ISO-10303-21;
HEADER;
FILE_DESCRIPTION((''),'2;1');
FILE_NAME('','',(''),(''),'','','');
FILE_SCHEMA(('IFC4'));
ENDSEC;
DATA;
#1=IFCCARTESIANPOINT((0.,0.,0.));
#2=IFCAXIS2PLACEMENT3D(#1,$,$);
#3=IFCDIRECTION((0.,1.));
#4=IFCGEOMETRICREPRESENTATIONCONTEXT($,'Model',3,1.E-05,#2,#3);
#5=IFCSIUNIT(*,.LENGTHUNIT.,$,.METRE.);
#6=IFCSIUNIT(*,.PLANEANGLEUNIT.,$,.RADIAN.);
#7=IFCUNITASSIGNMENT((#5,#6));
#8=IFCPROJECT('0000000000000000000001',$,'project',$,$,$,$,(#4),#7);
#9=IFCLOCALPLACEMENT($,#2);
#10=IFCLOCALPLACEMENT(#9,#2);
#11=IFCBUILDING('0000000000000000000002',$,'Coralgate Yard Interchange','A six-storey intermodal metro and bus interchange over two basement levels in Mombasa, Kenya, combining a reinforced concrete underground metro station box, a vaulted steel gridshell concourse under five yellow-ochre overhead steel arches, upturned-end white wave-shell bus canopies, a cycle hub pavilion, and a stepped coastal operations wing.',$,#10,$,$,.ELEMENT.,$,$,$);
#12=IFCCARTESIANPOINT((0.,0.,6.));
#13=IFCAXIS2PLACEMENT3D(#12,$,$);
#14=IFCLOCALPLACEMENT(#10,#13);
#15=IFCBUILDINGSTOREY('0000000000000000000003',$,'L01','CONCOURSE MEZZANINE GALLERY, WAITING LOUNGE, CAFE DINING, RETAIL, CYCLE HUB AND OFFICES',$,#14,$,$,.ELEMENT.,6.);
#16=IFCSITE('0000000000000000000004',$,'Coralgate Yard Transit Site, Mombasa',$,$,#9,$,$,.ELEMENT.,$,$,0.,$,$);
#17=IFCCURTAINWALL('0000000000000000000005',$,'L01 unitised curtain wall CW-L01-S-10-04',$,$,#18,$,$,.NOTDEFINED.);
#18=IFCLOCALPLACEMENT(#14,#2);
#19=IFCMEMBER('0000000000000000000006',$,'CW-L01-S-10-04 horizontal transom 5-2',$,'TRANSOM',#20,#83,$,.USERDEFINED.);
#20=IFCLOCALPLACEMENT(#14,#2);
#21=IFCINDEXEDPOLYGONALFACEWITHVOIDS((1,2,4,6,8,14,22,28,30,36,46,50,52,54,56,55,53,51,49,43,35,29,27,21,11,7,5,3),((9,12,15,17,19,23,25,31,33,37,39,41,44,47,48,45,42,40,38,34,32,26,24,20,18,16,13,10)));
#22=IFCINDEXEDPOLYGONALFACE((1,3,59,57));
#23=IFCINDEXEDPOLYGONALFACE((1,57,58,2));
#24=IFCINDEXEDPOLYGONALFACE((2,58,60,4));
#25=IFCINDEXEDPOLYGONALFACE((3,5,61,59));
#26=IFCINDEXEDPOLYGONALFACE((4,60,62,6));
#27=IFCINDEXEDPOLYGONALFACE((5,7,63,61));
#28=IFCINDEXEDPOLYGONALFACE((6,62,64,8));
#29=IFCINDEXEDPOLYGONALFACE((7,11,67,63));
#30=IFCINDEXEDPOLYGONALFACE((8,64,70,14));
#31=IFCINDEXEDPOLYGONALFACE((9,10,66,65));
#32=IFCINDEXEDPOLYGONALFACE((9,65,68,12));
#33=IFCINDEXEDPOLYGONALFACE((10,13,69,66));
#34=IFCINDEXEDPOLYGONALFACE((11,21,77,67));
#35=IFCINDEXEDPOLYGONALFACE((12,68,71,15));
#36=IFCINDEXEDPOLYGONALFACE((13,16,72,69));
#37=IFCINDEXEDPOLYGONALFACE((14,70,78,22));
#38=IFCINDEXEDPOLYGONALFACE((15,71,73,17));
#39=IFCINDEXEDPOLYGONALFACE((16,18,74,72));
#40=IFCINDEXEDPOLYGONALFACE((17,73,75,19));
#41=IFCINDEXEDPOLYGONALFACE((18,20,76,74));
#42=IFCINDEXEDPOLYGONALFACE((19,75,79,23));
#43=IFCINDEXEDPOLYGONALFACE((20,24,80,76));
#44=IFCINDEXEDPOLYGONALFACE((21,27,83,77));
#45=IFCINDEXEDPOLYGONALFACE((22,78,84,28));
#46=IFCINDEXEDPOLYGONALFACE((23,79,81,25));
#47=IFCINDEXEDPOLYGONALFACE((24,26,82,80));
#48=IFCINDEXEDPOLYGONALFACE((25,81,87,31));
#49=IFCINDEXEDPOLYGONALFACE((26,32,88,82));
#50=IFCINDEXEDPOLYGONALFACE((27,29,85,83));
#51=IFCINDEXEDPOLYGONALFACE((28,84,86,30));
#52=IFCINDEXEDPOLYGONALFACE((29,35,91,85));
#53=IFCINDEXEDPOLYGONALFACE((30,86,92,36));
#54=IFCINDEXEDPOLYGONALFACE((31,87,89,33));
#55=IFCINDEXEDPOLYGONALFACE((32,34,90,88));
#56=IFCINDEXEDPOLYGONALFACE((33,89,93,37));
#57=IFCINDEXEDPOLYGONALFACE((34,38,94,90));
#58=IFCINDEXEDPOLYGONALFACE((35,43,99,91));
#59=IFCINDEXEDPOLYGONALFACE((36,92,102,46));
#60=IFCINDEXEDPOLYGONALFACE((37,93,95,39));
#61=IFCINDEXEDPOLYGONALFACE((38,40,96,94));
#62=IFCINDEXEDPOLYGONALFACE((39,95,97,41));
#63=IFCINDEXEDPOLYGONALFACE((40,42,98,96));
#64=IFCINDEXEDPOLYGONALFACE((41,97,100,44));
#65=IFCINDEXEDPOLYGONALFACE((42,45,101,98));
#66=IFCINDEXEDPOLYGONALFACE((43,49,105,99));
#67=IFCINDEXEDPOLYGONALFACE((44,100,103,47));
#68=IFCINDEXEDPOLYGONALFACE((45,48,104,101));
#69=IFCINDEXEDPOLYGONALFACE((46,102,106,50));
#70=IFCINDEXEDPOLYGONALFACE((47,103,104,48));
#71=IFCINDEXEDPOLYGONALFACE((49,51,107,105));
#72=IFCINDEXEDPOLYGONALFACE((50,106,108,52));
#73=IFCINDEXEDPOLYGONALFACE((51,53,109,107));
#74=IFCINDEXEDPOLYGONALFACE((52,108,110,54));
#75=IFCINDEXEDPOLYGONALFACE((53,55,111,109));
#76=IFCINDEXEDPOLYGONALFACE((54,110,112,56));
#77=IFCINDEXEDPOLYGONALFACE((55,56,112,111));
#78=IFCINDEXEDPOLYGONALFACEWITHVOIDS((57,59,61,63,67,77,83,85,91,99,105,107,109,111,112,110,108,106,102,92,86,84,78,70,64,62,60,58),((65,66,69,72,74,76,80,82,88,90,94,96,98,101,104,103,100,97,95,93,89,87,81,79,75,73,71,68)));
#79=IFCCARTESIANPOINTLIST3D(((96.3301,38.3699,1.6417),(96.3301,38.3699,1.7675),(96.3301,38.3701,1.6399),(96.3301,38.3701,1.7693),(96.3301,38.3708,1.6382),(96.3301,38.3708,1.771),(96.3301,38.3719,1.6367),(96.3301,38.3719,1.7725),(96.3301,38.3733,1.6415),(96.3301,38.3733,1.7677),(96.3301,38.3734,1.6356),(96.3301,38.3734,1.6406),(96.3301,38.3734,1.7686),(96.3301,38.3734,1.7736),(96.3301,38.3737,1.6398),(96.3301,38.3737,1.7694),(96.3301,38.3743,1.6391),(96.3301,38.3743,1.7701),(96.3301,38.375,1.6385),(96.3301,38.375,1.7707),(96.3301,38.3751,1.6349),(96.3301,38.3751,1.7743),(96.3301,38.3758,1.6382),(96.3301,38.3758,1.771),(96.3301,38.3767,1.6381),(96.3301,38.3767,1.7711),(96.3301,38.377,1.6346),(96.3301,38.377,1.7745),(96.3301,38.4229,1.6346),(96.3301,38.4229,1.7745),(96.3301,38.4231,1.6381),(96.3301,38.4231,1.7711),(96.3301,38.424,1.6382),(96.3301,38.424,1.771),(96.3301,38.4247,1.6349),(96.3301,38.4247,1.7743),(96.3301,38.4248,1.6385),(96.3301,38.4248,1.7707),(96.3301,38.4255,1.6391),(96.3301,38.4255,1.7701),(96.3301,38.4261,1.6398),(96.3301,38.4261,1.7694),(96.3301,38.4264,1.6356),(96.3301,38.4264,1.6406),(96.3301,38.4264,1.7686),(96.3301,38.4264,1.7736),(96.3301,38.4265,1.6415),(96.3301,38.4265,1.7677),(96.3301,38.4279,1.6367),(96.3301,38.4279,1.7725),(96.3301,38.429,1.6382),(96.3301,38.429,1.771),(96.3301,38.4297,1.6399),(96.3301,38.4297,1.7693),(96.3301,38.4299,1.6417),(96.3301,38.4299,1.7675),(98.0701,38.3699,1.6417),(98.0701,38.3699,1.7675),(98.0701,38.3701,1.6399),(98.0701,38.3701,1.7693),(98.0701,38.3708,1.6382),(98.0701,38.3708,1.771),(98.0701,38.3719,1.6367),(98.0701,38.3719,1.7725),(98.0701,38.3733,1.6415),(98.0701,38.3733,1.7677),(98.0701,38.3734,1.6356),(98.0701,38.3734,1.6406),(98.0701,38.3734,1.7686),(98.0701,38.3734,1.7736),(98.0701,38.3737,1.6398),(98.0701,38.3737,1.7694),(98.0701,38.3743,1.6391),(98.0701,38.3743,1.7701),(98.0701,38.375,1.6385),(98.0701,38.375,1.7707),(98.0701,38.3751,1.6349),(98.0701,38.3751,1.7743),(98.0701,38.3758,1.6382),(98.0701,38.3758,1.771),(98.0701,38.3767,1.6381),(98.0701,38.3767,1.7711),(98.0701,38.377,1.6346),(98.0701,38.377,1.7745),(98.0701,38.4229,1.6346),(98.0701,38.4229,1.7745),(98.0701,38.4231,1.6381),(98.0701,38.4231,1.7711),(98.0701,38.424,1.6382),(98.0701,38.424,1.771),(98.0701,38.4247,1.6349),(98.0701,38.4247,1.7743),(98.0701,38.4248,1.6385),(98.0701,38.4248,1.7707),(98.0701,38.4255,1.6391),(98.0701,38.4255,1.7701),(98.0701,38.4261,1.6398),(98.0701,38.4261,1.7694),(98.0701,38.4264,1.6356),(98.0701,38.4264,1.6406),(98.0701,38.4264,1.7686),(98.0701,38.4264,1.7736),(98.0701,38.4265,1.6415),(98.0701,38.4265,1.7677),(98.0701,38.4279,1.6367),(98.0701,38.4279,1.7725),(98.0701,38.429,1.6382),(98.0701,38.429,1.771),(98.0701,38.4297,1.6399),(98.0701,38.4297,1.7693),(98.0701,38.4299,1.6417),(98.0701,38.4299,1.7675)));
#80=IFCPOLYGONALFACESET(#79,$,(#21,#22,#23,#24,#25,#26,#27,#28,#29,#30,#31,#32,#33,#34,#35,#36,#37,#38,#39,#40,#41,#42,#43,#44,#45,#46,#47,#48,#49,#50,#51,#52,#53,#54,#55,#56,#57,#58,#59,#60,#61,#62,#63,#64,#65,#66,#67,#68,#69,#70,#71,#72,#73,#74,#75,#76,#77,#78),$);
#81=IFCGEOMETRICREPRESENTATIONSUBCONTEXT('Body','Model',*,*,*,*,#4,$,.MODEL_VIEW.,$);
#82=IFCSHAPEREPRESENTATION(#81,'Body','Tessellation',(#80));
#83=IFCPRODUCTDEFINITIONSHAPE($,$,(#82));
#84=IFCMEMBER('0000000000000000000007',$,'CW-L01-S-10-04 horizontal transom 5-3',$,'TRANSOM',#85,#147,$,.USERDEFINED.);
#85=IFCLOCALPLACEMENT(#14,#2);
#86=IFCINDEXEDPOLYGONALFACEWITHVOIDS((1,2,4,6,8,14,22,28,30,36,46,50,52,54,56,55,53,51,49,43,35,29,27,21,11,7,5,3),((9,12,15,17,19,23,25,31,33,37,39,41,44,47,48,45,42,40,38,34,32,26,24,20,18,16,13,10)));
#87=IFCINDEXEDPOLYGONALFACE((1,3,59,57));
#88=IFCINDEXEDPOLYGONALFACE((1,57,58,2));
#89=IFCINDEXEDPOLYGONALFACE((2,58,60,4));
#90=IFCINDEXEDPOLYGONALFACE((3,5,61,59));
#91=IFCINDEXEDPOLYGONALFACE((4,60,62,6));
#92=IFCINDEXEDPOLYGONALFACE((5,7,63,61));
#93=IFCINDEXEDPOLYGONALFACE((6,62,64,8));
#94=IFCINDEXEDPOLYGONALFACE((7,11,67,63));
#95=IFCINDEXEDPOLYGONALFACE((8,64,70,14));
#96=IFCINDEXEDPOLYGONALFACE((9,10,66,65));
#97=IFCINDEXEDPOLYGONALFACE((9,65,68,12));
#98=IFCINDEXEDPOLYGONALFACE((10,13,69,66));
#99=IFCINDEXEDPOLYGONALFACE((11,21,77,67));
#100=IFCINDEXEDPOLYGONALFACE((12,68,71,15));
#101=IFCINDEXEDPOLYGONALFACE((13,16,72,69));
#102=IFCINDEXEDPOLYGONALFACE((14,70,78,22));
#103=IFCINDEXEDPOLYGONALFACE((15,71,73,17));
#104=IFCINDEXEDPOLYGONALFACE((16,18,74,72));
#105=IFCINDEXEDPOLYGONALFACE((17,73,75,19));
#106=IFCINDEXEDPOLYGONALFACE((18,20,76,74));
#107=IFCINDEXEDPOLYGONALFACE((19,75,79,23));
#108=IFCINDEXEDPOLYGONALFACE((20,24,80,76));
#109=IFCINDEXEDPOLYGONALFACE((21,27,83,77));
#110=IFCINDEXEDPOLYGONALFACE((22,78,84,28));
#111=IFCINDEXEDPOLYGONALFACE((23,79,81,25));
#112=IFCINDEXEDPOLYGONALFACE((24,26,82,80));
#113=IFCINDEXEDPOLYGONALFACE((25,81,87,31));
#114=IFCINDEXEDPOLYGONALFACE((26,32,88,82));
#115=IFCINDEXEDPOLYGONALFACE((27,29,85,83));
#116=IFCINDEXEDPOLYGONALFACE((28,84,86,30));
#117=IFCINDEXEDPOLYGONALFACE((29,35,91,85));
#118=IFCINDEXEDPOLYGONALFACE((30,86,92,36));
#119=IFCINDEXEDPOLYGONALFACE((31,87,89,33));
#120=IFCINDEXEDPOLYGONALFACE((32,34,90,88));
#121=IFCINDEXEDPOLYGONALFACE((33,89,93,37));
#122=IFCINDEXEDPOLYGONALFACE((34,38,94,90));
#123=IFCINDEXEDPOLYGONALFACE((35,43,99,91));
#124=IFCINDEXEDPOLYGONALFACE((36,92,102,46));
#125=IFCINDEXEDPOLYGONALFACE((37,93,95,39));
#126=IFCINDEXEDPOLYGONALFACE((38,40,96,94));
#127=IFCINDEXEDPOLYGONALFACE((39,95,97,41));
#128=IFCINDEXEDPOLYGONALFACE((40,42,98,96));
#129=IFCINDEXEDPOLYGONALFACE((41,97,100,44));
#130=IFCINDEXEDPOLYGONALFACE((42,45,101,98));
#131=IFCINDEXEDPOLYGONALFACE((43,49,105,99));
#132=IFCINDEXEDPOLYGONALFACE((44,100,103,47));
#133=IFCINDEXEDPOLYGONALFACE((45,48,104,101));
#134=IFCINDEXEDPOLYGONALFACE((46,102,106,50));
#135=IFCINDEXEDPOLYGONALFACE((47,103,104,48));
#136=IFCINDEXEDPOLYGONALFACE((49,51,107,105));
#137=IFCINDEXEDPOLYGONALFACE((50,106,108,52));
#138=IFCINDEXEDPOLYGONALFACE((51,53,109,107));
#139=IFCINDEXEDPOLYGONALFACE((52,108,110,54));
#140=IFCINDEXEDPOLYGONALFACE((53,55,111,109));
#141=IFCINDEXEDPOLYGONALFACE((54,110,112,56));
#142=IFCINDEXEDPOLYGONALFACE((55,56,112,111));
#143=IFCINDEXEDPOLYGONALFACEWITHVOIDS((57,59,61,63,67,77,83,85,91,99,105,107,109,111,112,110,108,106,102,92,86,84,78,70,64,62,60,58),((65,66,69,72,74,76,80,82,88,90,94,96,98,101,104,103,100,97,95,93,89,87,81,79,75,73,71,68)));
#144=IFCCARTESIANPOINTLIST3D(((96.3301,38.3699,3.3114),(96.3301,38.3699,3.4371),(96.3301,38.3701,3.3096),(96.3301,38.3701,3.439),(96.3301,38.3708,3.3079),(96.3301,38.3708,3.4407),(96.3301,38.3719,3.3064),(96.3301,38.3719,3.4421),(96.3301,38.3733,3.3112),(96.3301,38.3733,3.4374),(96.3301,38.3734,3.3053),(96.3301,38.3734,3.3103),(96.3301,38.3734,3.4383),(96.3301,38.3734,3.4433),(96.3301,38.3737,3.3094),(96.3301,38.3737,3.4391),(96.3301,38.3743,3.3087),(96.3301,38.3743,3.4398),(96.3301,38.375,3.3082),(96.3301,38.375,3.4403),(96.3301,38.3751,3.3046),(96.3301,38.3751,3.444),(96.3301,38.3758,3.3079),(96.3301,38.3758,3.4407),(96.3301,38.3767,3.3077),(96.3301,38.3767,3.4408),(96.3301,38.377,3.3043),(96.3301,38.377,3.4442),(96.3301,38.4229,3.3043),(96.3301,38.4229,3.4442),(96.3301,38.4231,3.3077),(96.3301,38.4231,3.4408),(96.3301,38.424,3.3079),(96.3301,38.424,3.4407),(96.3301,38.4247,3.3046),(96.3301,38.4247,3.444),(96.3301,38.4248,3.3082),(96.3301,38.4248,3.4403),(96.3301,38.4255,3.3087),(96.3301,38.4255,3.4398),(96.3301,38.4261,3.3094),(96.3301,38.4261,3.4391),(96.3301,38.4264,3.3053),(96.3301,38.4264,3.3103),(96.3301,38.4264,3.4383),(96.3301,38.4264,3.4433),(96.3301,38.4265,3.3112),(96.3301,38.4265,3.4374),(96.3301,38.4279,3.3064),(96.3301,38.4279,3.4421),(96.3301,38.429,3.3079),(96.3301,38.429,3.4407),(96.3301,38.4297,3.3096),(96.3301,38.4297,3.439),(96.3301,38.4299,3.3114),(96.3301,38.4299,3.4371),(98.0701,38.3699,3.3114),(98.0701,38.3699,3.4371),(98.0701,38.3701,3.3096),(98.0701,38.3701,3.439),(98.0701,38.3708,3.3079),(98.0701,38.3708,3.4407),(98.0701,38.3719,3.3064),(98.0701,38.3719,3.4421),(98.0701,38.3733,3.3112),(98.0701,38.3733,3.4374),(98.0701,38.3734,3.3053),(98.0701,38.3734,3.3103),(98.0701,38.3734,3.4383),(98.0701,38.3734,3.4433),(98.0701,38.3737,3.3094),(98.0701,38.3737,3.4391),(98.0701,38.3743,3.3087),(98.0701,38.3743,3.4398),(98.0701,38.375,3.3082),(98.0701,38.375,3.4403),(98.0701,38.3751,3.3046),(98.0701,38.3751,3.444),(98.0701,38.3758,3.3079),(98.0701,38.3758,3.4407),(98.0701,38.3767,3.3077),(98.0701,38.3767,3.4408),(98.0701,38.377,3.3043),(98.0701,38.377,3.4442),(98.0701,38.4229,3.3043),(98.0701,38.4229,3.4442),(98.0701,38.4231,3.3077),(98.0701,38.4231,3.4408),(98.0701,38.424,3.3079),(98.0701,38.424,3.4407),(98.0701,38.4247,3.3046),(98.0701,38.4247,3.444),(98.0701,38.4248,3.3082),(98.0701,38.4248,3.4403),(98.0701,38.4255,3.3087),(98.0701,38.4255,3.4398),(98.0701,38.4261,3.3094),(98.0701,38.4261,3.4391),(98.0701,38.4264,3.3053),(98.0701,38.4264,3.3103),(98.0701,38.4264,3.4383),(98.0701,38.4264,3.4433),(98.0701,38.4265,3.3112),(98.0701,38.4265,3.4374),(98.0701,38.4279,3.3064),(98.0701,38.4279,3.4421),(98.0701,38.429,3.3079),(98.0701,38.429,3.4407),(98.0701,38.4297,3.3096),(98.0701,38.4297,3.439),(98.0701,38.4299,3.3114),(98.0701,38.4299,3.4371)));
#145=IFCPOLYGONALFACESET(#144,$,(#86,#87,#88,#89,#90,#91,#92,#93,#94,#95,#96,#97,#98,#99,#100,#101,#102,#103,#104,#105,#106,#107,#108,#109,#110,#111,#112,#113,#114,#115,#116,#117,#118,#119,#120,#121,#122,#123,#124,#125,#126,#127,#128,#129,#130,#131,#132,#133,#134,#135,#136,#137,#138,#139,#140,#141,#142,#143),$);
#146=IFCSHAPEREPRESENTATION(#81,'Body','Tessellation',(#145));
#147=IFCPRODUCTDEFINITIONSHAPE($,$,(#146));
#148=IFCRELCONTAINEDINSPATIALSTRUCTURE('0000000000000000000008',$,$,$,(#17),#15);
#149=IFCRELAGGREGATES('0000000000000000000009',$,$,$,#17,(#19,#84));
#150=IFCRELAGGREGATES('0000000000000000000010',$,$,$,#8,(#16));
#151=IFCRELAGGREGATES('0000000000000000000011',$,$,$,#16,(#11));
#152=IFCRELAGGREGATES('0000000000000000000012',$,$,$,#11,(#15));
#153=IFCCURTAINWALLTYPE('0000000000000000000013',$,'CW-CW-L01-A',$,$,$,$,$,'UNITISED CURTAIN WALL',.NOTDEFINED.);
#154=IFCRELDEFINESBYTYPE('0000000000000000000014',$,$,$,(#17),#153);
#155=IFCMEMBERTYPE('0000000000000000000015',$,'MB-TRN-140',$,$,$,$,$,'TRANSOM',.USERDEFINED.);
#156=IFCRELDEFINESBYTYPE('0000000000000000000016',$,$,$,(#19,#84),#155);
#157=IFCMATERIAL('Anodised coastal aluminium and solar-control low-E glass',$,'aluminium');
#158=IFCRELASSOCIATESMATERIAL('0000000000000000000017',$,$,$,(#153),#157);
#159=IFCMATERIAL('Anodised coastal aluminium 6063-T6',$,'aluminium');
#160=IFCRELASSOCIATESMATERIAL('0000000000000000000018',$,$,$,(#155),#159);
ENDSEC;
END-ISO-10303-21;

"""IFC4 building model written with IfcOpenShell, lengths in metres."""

from ifc_helpers import new_model, si_unit, direction, frame, origin, origin_2d, place, context, subcontext, project, spatial, hollow_rectangle, extrude, material, material_profile, profile_set, type_object, element, aggregate, save


model = new_model("IFC4")

# Units and contexts
model_context = context("Model", 3, precision=1e-05, world=origin(), true_north=direction((0.0, 1.0)))
body_context = subcontext(model_context, "Body", "Model", "MODEL_VIEW")
ifc_project = project(units=[si_unit("LENGTHUNIT", "METRE"), si_unit("PLANEANGLEUNIT", "RADIAN")], contexts=[model_context])

# Site, building, storey
site_placement = place(None, origin())
site = spatial("IfcSite", under=ifc_project, at=site_placement, Name="Coralgate Yard Transit Site, Mombasa", CompositionType="ELEMENT", RefElevation=0.0)
building_placement = place(site_placement, origin())
building = spatial("IfcBuilding", under=site, at=building_placement, Name="Coralgate Yard Interchange", Description="A six-storey intermodal metro and bus interchange over two basement levels in Mombasa, Kenya, combining a reinforced concrete underground metro station box, a vaulted steel gridshell concourse under five yellow-ochre overhead steel arches, upturned-end white wave-shell bus canopies, a cycle hub pavilion, and a stepped coastal operations wing.", CompositionType="ELEMENT")
storey_placement = place(building_placement, frame((0.0, 0.0, 6.0)))
storey = spatial("IfcBuildingStorey", under=building, at=storey_placement, Name="L01", Description="CONCOURSE MEZZANINE GALLERY, WAITING LOUNGE, CAFE DINING, RETAIL, CYCLE HUB AND OFFICES", CompositionType="ELEMENT", Elevation=6.0)

# Curtain wall
ifc_material_1 = material(Name="Anodised coastal aluminium and solar-control low-E glass", Category="aluminium")
curtain_wall_type_1 = type_object("IfcCurtainWallType", Name="CW-CW-L01-A", ElementType="UNITISED CURTAIN WALL", PredefinedType="NOTDEFINED", material=ifc_material_1)
curtain_wall_1_placement = place(storey_placement, origin())
curtain_wall_1 = element("IfcCurtainWall", 1, at=curtain_wall_1_placement, inside=storey, type_object=curtain_wall_type_1, Name="L01 unitised curtain wall CW-L01-S-10-04", PredefinedType="NOTDEFINED")
ifc_material_2 = material(Name="Anodised coastal aluminium 6063-T6", Category="aluminium")

# Members
ifc_material_profile_1 = material_profile(ifc_material_2, hollow_rectangle(XDim=0.0601, YDim=0.1399, WallThickness=0.0034, InnerFilletRadius=0.0034, OuterFilletRadius=0.0071, at=origin_2d()), Name="ALU 60x140x3.5")
ifc_profile_set_1 = profile_set([ifc_material_profile_1], Name="Anodised coastal aluminium 6063-T6")
member_type_1 = type_object("IfcMemberType", Name="MB-TRN-140", ElementType="TRANSOM", PredefinedType="USERDEFINED", material=ifc_profile_set_1)
member_1_placement = place(storey_placement, frame((98.0701, 38.3999, 1.7046), z_axis=(-1.0, 0.0, 0.0), x_axis=(0.0, -1.0, 0.0)))
member_1 = element("IfcMember", 2, at=member_1_placement, type_object=member_type_1, Name="CW-L01-S-10-04 horizontal transom 5-2", ObjectType="TRANSOM", PredefinedType="USERDEFINED", context=body_context, shape_type="SweptSolid", body=[
    extrude(hollow_rectangle(XDim=0.0601, YDim=0.1399, WallThickness=0.0034, InnerFilletRadius=0.0034, OuterFilletRadius=0.0071, at=origin_2d()), origin(), (0.0, 0.0, 1.0), 1.74),
])
member_2_placement = place(storey_placement, frame((98.0701, 38.3999, 3.3743), z_axis=(-1.0, 0.0, 0.0), x_axis=(0.0, -1.0, 0.0)))
member_2 = element("IfcMember", 3, at=member_2_placement, type_object=member_type_1, Name="CW-L01-S-10-04 horizontal transom 5-3", ObjectType="TRANSOM", PredefinedType="USERDEFINED", context=body_context, shape_type="SweptSolid", body=[
    extrude(hollow_rectangle(XDim=0.0601, YDim=0.1399, WallThickness=0.0034, InnerFilletRadius=0.0034, OuterFilletRadius=0.0071, at=origin_2d()), origin(), (0.0, 0.0, 1.0), 1.74),
])

aggregate(curtain_wall_1, [member_1, member_2])

save(model, "model.ifc")
